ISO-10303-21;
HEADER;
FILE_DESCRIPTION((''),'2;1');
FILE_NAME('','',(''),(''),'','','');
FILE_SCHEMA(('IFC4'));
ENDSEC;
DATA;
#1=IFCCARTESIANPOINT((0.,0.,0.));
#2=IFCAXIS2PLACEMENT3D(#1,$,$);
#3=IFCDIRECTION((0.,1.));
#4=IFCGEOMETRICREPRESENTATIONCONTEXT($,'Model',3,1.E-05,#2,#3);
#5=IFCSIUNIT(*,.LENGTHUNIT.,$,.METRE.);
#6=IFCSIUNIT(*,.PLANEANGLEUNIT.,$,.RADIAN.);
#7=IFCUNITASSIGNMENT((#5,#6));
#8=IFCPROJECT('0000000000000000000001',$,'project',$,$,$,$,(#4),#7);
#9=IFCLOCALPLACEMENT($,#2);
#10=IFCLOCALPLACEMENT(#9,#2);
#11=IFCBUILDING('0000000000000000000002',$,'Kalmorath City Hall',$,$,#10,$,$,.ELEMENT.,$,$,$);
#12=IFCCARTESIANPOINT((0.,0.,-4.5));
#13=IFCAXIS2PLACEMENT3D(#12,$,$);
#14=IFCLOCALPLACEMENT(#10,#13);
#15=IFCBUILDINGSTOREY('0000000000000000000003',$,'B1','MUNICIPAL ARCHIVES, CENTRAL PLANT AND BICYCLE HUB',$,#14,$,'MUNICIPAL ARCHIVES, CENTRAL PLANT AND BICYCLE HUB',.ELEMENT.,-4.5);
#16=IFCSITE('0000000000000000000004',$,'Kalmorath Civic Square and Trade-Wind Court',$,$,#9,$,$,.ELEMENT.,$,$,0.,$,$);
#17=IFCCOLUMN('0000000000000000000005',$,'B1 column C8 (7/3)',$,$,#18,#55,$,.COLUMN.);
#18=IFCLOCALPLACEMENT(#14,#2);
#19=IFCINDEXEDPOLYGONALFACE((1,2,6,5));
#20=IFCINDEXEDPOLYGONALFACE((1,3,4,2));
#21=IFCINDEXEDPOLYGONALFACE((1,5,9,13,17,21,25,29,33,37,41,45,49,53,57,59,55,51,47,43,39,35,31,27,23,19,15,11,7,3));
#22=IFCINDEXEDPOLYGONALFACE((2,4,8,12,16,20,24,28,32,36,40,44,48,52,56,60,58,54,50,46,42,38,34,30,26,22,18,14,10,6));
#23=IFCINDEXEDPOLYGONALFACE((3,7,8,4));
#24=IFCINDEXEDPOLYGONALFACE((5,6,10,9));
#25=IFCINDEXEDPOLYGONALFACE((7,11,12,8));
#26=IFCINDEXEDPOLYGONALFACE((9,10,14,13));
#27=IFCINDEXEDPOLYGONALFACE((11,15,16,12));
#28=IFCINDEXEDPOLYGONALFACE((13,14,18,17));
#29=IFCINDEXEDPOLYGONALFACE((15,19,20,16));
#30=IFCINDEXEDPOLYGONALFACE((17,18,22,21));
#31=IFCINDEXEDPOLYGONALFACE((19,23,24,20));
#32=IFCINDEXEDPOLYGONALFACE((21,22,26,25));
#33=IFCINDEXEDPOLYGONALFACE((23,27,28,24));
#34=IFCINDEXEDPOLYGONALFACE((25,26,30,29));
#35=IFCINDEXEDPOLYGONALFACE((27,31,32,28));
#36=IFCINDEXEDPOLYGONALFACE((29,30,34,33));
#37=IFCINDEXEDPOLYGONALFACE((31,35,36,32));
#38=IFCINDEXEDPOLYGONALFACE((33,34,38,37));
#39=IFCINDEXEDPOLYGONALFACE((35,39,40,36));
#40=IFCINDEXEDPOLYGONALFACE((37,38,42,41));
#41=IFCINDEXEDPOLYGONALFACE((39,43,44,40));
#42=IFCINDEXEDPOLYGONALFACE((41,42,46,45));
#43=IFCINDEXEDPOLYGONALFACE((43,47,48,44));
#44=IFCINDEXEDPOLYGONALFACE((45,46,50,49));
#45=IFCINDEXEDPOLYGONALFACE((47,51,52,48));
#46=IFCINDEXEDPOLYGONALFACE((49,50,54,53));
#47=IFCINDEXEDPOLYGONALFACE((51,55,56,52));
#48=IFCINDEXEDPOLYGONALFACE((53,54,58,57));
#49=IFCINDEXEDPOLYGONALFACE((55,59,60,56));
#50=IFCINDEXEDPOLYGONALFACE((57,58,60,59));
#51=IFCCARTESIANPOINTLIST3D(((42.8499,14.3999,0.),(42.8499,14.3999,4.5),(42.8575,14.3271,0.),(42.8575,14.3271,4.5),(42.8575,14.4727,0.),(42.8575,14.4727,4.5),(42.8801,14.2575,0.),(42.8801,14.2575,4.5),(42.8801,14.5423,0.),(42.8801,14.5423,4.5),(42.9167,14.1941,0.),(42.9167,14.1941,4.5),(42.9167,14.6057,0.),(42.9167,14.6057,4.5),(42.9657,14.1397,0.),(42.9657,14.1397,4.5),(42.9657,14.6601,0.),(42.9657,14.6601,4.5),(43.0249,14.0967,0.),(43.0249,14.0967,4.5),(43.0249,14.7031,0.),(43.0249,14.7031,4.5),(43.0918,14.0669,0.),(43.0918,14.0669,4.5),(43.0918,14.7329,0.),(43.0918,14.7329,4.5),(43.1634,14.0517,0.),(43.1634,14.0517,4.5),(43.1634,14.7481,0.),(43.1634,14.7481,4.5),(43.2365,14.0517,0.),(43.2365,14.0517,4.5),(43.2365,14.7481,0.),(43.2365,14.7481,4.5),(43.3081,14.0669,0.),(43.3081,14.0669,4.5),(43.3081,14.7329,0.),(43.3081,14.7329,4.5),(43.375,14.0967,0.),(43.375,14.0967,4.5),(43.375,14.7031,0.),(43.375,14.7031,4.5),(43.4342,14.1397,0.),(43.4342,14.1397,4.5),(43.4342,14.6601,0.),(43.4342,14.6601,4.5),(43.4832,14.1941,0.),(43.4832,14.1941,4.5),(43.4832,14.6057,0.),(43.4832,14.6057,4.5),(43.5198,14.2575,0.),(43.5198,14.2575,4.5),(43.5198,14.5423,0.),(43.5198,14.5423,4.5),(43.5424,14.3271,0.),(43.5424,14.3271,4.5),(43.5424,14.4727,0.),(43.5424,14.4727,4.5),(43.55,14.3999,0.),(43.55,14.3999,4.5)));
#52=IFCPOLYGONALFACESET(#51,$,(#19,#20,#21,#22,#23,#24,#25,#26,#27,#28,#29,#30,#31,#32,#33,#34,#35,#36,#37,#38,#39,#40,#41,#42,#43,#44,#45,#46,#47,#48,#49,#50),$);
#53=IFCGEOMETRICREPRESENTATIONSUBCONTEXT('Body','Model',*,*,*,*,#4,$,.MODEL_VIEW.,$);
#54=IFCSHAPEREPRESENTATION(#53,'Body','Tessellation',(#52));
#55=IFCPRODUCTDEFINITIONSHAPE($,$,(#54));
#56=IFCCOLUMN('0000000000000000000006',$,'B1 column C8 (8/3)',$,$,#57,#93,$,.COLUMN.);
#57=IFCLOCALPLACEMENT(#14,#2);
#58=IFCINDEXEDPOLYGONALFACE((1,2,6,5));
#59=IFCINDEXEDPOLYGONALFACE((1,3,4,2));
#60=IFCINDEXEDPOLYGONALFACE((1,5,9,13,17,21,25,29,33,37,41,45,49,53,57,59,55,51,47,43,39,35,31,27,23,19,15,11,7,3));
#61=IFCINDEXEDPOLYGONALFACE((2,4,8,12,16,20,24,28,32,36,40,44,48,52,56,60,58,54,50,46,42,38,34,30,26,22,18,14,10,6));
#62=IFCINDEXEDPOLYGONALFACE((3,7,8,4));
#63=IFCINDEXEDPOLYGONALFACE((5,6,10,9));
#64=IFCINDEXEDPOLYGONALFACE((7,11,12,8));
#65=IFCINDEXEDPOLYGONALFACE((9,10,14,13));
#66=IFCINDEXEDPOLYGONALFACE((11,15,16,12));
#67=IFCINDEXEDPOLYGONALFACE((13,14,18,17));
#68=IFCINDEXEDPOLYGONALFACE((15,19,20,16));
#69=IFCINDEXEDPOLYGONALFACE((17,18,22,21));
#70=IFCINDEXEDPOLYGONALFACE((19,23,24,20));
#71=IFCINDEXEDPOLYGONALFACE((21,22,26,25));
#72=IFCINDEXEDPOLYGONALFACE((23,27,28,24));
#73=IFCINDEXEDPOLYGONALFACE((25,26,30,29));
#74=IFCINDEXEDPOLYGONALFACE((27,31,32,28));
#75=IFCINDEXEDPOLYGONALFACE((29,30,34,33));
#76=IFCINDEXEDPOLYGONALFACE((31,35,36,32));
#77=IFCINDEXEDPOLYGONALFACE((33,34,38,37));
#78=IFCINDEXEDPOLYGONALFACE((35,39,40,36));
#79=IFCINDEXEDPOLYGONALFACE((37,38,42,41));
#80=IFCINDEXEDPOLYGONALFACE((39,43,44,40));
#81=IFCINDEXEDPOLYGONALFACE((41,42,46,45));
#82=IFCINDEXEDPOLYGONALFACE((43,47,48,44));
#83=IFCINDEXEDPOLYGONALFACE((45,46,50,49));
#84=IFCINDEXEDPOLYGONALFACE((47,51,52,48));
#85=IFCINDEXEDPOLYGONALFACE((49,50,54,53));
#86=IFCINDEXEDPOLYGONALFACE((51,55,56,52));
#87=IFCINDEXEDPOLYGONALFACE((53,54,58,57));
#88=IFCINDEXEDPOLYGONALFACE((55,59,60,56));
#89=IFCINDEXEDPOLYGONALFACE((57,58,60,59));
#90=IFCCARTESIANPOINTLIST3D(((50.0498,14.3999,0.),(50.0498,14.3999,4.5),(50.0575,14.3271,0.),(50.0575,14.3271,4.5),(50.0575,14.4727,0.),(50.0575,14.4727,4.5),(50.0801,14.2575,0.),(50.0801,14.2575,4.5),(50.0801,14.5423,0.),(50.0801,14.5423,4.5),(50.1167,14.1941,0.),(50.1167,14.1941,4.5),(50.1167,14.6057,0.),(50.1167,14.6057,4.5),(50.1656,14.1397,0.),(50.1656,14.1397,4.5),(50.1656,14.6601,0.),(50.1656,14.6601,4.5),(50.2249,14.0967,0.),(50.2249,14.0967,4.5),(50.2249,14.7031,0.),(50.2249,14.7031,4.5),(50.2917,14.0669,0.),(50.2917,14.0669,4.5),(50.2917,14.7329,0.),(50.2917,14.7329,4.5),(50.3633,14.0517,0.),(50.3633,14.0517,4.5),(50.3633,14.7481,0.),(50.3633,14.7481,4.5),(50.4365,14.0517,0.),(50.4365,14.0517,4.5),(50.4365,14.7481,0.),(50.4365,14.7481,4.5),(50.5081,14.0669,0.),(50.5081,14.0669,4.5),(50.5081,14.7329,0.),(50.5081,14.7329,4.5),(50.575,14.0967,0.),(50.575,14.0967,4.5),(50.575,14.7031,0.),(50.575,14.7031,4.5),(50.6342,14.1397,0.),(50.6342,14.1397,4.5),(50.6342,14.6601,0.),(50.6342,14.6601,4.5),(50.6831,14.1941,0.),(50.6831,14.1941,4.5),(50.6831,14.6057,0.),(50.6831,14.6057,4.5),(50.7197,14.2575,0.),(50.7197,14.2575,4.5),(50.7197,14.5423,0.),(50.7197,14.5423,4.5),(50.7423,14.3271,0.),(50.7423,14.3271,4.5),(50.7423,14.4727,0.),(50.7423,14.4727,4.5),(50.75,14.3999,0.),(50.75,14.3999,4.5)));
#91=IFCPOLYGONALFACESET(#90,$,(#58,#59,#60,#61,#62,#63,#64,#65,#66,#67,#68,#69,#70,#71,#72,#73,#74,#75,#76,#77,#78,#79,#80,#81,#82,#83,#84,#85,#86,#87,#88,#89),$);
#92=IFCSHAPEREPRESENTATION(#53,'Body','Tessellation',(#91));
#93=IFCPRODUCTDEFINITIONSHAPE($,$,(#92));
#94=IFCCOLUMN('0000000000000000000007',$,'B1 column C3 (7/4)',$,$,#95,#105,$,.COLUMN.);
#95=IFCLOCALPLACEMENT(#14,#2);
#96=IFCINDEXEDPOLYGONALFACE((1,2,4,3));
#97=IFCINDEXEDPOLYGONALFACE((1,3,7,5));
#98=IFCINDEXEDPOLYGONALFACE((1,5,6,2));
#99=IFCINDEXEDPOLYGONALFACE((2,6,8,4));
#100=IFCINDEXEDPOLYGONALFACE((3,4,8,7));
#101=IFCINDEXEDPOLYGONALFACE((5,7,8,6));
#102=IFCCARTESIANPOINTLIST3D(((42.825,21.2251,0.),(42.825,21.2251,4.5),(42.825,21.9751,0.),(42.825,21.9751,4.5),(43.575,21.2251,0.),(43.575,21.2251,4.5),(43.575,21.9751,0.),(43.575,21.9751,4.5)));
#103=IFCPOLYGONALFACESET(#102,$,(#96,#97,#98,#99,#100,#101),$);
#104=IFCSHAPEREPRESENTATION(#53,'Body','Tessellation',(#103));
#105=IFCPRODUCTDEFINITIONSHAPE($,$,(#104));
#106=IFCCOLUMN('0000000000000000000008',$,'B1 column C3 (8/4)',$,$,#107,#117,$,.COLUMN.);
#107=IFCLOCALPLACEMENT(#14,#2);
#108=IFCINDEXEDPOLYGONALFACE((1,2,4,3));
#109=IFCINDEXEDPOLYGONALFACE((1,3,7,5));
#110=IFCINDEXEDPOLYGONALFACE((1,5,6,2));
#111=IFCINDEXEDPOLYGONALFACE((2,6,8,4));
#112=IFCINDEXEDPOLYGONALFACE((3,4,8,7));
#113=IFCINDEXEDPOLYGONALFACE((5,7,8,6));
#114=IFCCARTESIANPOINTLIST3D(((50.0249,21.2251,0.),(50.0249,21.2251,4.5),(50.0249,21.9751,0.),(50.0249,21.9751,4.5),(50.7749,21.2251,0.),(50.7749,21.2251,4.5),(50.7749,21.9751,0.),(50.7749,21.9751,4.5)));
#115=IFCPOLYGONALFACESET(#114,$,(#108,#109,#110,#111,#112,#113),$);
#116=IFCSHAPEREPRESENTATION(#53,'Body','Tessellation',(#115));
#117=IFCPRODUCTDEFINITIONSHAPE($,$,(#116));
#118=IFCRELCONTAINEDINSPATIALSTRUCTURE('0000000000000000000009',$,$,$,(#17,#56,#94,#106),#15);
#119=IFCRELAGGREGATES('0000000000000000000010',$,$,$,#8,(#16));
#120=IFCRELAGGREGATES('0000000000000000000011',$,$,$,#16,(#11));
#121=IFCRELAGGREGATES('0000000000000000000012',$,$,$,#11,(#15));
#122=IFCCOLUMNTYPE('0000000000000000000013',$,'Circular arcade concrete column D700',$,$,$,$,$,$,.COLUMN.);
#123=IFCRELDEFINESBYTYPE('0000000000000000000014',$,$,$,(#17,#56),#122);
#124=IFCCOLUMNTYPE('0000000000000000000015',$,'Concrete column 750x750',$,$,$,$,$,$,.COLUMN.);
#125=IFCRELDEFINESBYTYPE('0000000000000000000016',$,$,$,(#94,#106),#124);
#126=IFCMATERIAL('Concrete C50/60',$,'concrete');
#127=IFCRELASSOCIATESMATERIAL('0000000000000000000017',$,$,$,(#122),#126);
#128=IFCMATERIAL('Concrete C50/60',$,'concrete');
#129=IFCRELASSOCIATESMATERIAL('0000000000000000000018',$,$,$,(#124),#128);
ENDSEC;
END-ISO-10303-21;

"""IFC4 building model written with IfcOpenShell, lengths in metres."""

from ifc_helpers import new_model, si_unit, direction, frame, origin, origin_2d, place, context, subcontext, project, spatial, rectangle, circle, extrude, material, material_profile, profile_set, type_object, element, save


model = new_model("IFC4")

# Units and contexts
model_context = context("Model", 3, precision=1e-05, world=origin(), true_north=direction((0.0, 1.0)))
body_context = subcontext(model_context, "Body", "Model", "MODEL_VIEW")
ifc_project = project(units=[si_unit("LENGTHUNIT", "METRE"), si_unit("PLANEANGLEUNIT", "RADIAN")], contexts=[model_context])

# Site, building, storey
site_placement = place(None, origin())
site = spatial("IfcSite", under=ifc_project, at=site_placement, Name="Kalmorath Civic Square and Trade-Wind Court", CompositionType="ELEMENT", RefElevation=0.0)
building_placement = place(site_placement, origin())
building = spatial("IfcBuilding", under=site, at=building_placement, Name="Kalmorath City Hall", CompositionType="ELEMENT")
storey_placement = place(building_placement, frame((0.0, 0.0, -4.5)))
storey = spatial("IfcBuildingStorey", under=building, at=storey_placement, Name="B1", Description="MUNICIPAL ARCHIVES, CENTRAL PLANT AND BICYCLE HUB", LongName="MUNICIPAL ARCHIVES, CENTRAL PLANT AND BICYCLE HUB", CompositionType="ELEMENT", Elevation=-4.5)

# Columns
ifc_material_1 = material(Name="Concrete C50/60", Category="concrete")
ifc_material_profile_1 = material_profile(ifc_material_1, circle(Radius=0.3501, at=origin_2d()), Name="RC-COL-D700")
ifc_profile_set_1 = profile_set([ifc_material_profile_1], Name="Concrete C50/60")
column_type_1 = type_object("IfcColumnType", Name="Circular arcade concrete column D700", PredefinedType="COLUMN", material=ifc_profile_set_1)
for number, where, z_axis, x_axis, name in (
    (1, (43.2, 14.3999, 0.0), (0.0, 0.0, 1.0), (1.0, 0.0, 0.0), "B1 column C8 (7/3)"),
    (2, (50.3999, 14.3999, 0.0), (0.0, 0.0, 1.0), (1.0, 0.0, 0.0), "B1 column C8 (8/3)"),
):
    element("IfcColumn", number, at=place(storey_placement, frame(where, z_axis=z_axis, x_axis=x_axis)), inside=storey, type_object=column_type_1, Name=name, PredefinedType="COLUMN", context=body_context, shape_type="SweptSolid", body=[
        extrude(circle(Radius=0.3501, at=origin_2d()), origin(), (0.0, 0.0, 1.0), 4.5),
    ])
ifc_material_2 = material(Name="Concrete C50/60", Category="concrete")
ifc_material_profile_2 = material_profile(ifc_material_2, rectangle(XDim=0.75, YDim=0.75, at=origin_2d()), Name="RC-COL-750X750")
ifc_profile_set_2 = profile_set([ifc_material_profile_2], Name="Concrete C50/60")
column_type_2 = type_object("IfcColumnType", Name="Concrete column 750x750", PredefinedType="COLUMN", material=ifc_profile_set_2)
for number, where, z_axis, x_axis, name in (
    (3, (43.2, 21.6001, 0.0), (0.0, 0.0, 1.0), (1.0, 0.0, 0.0), "B1 column C3 (7/4)"),
    (4, (50.3999, 21.6001, 0.0), (0.0, 0.0, 1.0), (1.0, 0.0, 0.0), "B1 column C3 (8/4)"),
):
    element("IfcColumn", number, at=place(storey_placement, frame(where, z_axis=z_axis, x_axis=x_axis)), inside=storey, type_object=column_type_2, Name=name, PredefinedType="COLUMN", context=body_context, shape_type="SweptSolid", body=[
        extrude(rectangle(XDim=0.75, YDim=0.75, at=origin_2d()), origin(), (0.0, 0.0, 1.0), 4.5),
    ])

save(model, "model.ifc")
